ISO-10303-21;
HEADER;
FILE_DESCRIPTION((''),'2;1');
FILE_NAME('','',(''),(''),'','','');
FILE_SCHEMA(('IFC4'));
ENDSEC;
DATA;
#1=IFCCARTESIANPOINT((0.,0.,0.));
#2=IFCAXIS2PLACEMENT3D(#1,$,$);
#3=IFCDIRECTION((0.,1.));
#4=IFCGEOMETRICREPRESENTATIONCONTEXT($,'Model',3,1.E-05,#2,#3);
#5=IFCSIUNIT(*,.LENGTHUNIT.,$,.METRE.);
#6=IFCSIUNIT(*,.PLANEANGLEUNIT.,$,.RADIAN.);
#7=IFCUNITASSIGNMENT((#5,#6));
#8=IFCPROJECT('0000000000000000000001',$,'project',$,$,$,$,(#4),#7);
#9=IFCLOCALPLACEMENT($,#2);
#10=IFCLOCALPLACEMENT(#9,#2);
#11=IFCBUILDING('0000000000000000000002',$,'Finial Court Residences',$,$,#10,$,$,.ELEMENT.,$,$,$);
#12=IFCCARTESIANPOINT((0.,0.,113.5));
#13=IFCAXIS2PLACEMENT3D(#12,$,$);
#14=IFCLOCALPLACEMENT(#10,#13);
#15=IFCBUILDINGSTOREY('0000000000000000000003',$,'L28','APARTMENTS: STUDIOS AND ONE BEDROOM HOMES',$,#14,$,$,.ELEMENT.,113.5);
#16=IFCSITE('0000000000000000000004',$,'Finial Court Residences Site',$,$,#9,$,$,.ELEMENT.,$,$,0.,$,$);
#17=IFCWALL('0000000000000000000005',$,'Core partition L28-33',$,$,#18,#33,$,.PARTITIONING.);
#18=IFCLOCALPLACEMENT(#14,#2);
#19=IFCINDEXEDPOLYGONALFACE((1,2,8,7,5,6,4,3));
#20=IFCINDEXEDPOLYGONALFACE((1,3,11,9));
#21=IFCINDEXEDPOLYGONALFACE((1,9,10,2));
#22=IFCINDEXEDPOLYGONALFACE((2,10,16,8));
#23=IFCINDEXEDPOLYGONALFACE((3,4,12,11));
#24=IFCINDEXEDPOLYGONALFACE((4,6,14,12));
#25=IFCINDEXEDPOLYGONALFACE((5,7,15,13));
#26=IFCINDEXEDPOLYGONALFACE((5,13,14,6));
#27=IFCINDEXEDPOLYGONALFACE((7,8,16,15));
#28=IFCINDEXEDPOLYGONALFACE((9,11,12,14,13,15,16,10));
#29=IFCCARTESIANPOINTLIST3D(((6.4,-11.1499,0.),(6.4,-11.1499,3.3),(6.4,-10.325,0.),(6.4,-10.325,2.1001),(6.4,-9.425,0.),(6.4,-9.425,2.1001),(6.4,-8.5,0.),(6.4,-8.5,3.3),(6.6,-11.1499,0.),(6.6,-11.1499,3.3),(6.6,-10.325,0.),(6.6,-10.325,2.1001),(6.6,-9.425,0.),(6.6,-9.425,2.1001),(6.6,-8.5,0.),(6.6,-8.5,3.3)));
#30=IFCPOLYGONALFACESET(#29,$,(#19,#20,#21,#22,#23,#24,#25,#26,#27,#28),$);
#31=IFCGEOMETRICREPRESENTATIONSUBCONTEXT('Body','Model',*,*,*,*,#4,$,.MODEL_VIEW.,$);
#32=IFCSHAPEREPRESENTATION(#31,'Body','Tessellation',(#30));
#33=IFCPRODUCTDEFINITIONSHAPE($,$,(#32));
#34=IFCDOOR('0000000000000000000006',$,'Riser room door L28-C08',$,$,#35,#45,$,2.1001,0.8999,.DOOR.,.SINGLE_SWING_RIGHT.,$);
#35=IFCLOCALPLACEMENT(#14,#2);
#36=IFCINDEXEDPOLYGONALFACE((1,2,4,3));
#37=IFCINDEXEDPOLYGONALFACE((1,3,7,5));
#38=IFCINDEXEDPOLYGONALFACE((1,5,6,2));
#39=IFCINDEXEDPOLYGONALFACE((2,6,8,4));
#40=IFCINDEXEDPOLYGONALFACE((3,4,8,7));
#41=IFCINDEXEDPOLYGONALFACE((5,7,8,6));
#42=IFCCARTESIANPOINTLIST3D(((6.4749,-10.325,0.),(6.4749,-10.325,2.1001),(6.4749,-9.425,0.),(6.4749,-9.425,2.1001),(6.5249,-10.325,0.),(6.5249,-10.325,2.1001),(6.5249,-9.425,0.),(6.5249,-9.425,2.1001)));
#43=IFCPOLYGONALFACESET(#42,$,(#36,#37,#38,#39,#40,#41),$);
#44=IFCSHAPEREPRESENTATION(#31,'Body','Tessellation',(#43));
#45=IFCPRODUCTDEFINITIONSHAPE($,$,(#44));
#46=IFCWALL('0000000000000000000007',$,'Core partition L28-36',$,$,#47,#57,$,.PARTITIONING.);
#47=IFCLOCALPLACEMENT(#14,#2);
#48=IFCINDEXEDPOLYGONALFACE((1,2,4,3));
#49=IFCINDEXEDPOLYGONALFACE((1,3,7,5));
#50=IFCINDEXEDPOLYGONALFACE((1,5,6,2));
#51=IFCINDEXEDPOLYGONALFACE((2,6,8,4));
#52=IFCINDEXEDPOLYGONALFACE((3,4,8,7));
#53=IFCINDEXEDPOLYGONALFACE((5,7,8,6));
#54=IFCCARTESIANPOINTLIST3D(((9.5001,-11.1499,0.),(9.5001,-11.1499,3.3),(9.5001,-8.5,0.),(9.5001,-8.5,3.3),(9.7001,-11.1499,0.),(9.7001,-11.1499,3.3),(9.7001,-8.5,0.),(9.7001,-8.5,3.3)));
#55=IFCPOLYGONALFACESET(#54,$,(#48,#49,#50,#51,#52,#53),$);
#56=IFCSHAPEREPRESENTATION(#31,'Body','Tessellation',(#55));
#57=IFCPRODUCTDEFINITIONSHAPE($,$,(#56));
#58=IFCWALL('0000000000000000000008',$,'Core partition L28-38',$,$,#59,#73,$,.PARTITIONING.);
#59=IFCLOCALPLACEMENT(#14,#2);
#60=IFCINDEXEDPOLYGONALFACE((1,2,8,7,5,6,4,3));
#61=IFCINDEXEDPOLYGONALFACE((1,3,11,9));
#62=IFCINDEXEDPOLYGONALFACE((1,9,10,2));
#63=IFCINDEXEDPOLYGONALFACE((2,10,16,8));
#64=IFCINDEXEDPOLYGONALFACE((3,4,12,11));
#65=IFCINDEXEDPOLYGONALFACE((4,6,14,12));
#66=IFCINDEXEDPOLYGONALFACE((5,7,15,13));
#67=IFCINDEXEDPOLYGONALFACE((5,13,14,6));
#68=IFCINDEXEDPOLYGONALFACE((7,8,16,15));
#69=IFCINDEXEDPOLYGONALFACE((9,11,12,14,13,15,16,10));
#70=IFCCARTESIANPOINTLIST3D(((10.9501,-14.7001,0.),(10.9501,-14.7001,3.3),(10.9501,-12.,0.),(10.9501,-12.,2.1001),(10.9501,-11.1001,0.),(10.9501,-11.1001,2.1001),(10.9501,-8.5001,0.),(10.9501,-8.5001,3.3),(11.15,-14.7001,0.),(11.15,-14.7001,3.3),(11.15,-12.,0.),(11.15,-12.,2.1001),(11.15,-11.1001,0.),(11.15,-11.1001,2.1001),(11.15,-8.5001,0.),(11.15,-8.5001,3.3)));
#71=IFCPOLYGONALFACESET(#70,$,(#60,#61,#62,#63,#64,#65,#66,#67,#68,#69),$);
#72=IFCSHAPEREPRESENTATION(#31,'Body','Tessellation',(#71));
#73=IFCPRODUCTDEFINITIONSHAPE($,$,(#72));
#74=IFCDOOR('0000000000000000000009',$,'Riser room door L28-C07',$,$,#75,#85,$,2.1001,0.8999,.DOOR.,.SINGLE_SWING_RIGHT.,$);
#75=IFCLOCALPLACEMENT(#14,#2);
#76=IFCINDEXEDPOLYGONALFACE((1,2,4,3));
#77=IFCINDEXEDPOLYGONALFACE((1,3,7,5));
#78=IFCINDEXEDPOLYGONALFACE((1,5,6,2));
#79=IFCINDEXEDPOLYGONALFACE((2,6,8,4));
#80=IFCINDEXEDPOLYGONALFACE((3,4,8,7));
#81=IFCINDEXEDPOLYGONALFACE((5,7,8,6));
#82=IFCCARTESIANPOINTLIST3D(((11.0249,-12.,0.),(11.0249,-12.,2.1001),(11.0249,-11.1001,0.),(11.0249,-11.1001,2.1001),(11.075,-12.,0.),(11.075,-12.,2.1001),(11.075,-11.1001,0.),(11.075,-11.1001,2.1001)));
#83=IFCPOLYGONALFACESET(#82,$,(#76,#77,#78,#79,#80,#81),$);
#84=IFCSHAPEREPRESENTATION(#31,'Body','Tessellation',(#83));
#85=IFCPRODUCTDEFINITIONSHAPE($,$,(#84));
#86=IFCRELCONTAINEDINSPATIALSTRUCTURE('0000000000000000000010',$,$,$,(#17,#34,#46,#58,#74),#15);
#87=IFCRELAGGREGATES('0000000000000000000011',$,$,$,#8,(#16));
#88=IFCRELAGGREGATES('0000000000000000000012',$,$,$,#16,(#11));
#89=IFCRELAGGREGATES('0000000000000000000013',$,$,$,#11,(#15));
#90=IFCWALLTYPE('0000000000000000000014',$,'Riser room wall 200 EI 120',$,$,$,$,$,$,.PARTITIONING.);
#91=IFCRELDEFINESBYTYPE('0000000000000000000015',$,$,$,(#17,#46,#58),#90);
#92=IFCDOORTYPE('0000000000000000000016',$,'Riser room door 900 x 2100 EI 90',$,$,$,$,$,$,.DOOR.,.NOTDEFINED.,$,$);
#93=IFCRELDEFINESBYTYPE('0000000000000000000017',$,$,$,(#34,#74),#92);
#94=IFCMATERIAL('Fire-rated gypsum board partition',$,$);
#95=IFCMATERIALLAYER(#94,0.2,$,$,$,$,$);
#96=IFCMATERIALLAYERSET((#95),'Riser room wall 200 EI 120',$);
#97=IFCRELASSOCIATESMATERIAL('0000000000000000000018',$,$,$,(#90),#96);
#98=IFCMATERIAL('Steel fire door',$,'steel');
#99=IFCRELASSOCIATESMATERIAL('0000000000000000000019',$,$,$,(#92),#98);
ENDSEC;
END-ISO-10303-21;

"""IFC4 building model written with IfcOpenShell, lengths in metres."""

from ifc_helpers import new_model, si_unit, direction, frame, frame_2d, origin, place, context, subcontext, project, spatial, rectangle, extrude, material, layer, layer_set, type_object, element, fill, save


model = new_model("IFC4")

# Units and contexts
model_context = context("Model", 3, precision=1e-05, world=origin(), true_north=direction((0.0, 1.0)))
body_context = subcontext(model_context, "Body", "Model", "MODEL_VIEW")
ifc_project = project(units=[si_unit("LENGTHUNIT", "METRE"), si_unit("PLANEANGLEUNIT", "RADIAN")], contexts=[model_context])

# Site, building, storey
site_placement = place(None, origin())
site = spatial("IfcSite", under=ifc_project, at=site_placement, Name="Finial Court Residences Site", CompositionType="ELEMENT", RefElevation=0.0)
building_placement = place(site_placement, origin())
building = spatial("IfcBuilding", under=site, at=building_placement, Name="Finial Court Residences", CompositionType="ELEMENT")
storey_placement = place(building_placement, frame((0.0, 0.0, 113.5)))
storey = spatial("IfcBuildingStorey", under=building, at=storey_placement, Name="L28", Description="APARTMENTS: STUDIOS AND ONE BEDROOM HOMES", CompositionType="ELEMENT", Elevation=113.5)

# Shared definitions
ifc_material_1 = material(Name="Fire-rated gypsum board partition")
ifc_layer_1 = layer(ifc_material_1, 0.2)
ifc_layer_set_1 = layer_set([ifc_layer_1], Name="Riser room wall 200 EI 120")
wall_type_1 = type_object("IfcWallType", Name="Riser room wall 200 EI 120", PredefinedType="PARTITIONING", material=ifc_layer_set_1)

# Wall, opening, door
wall_1_placement = place(storey_placement, frame((6.5, -8.5, 0.0), z_axis=(0.0, 0.0, 1.0), x_axis=(0.0, -1.0, 0.0)))
wall_1 = element("IfcWall", 1, at=wall_1_placement, inside=storey, type_object=wall_type_1, Name="Core partition L28-33", PredefinedType="PARTITIONING", context=body_context, shape_type="SweptSolid", body=[
    extrude(rectangle(XDim=2.6499, YDim=0.2, at=frame_2d((1.325, 0.0))), origin(), (0.0, 0.0, 1.0), 3.3),
])
opening_1_placement = place(wall_1_placement, frame((0.925, 0.0, 0.0)))
opening_1 = element("IfcOpeningElement", 2, at=opening_1_placement, cuts=wall_1, PredefinedType="OPENING", context=body_context, shape_type="SweptSolid", body=[
    extrude(rectangle(XDim=0.8999, YDim=2.1001, at=frame_2d((0.45, 1.05))), frame((0.0, 0.1099, 0.0), z_axis=(0.0, -1.0, 0.0), x_axis=(1.0, 0.0, 0.0)), (0.0, 0.0, 1.0), 0.22),
])
ifc_material_2 = material(Name="Steel fire door", Category="steel")
door_type_1 = type_object("IfcDoorType", Name="Riser room door 900 x 2100 EI 90", OperationType="NOTDEFINED", PredefinedType="DOOR", material=ifc_material_2)
door_1_placement = place(opening_1_placement, origin())
door_1 = element("IfcDoor", 3, at=door_1_placement, inside=storey, type_object=door_type_1, Name="Riser room door L28-C08", OperationType="SINGLE_SWING_RIGHT", OverallHeight=2.1001, OverallWidth=0.8999, PredefinedType="DOOR", context=body_context, shape_type="SweptSolid", body=[
    extrude(rectangle(XDim=0.8999, YDim=2.1001, at=frame_2d((0.45, 1.05))), frame((0.0, 0.0249, 0.0), z_axis=(0.0, -1.0, 0.0), x_axis=(1.0, 0.0, 0.0)), (0.0, 0.0, 1.0), 0.05),
])
fill(opening_1, door_1)

# Wall
wall_2_placement = place(storey_placement, frame((9.6001, -11.1499, 0.0), z_axis=(0.0, 0.0, 1.0), x_axis=(0.0, 1.0, 0.0)))
element("IfcWall", 4, at=wall_2_placement, inside=storey, type_object=wall_type_1, Name="Core partition L28-36", PredefinedType="PARTITIONING", context=body_context, shape_type="SweptSolid", body=[
    extrude(rectangle(XDim=2.6499, YDim=0.2, at=frame_2d((1.325, 0.0))), origin(), (0.0, 0.0, 1.0), 3.3),
])

# Wall, opening, door
wall_3_placement = place(storey_placement, frame((11.05, -8.5, 0.0), z_axis=(0.0, 0.0, 1.0), x_axis=(0.0, -1.0, 0.0)))
wall_3 = element("IfcWall", 5, at=wall_3_placement, inside=storey, type_object=wall_type_1, Name="Core partition L28-38", PredefinedType="PARTITIONING", context=body_context, shape_type="SweptSolid", body=[
    extrude(rectangle(XDim=6.2, YDim=0.2, at=frame_2d((3.1001, 0.0))), origin(), (0.0, 0.0, 1.0), 3.3),
])
opening_2_placement = place(wall_3_placement, frame((2.6001, 0.0, 0.0)))
opening_2 = element("IfcOpeningElement", 6, at=opening_2_placement, cuts=wall_3, PredefinedType="OPENING", context=body_context, shape_type="SweptSolid", body=[
    extrude(rectangle(XDim=0.8999, YDim=2.1001, at=frame_2d((0.45, 1.05))), frame((0.0, 0.1099, 0.0), z_axis=(0.0, -1.0, 0.0), x_axis=(1.0, 0.0, 0.0)), (0.0, 0.0, 1.0), 0.22),
])
door_2_placement = place(opening_2_placement, origin())
door_2 = element("IfcDoor", 7, at=door_2_placement, inside=storey, type_object=door_type_1, Name="Riser room door L28-C07", OperationType="SINGLE_SWING_RIGHT", OverallHeight=2.1001, OverallWidth=0.8999, PredefinedType="DOOR", context=body_context, shape_type="SweptSolid", body=[
    extrude(rectangle(XDim=0.8999, YDim=2.1001, at=frame_2d((0.45, 1.05))), frame((0.0, 0.0249, 0.0), z_axis=(0.0, -1.0, 0.0), x_axis=(1.0, 0.0, 0.0)), (0.0, 0.0, 1.0), 0.05),
])
fill(opening_2, door_2)

save(model, "model.ifc")
